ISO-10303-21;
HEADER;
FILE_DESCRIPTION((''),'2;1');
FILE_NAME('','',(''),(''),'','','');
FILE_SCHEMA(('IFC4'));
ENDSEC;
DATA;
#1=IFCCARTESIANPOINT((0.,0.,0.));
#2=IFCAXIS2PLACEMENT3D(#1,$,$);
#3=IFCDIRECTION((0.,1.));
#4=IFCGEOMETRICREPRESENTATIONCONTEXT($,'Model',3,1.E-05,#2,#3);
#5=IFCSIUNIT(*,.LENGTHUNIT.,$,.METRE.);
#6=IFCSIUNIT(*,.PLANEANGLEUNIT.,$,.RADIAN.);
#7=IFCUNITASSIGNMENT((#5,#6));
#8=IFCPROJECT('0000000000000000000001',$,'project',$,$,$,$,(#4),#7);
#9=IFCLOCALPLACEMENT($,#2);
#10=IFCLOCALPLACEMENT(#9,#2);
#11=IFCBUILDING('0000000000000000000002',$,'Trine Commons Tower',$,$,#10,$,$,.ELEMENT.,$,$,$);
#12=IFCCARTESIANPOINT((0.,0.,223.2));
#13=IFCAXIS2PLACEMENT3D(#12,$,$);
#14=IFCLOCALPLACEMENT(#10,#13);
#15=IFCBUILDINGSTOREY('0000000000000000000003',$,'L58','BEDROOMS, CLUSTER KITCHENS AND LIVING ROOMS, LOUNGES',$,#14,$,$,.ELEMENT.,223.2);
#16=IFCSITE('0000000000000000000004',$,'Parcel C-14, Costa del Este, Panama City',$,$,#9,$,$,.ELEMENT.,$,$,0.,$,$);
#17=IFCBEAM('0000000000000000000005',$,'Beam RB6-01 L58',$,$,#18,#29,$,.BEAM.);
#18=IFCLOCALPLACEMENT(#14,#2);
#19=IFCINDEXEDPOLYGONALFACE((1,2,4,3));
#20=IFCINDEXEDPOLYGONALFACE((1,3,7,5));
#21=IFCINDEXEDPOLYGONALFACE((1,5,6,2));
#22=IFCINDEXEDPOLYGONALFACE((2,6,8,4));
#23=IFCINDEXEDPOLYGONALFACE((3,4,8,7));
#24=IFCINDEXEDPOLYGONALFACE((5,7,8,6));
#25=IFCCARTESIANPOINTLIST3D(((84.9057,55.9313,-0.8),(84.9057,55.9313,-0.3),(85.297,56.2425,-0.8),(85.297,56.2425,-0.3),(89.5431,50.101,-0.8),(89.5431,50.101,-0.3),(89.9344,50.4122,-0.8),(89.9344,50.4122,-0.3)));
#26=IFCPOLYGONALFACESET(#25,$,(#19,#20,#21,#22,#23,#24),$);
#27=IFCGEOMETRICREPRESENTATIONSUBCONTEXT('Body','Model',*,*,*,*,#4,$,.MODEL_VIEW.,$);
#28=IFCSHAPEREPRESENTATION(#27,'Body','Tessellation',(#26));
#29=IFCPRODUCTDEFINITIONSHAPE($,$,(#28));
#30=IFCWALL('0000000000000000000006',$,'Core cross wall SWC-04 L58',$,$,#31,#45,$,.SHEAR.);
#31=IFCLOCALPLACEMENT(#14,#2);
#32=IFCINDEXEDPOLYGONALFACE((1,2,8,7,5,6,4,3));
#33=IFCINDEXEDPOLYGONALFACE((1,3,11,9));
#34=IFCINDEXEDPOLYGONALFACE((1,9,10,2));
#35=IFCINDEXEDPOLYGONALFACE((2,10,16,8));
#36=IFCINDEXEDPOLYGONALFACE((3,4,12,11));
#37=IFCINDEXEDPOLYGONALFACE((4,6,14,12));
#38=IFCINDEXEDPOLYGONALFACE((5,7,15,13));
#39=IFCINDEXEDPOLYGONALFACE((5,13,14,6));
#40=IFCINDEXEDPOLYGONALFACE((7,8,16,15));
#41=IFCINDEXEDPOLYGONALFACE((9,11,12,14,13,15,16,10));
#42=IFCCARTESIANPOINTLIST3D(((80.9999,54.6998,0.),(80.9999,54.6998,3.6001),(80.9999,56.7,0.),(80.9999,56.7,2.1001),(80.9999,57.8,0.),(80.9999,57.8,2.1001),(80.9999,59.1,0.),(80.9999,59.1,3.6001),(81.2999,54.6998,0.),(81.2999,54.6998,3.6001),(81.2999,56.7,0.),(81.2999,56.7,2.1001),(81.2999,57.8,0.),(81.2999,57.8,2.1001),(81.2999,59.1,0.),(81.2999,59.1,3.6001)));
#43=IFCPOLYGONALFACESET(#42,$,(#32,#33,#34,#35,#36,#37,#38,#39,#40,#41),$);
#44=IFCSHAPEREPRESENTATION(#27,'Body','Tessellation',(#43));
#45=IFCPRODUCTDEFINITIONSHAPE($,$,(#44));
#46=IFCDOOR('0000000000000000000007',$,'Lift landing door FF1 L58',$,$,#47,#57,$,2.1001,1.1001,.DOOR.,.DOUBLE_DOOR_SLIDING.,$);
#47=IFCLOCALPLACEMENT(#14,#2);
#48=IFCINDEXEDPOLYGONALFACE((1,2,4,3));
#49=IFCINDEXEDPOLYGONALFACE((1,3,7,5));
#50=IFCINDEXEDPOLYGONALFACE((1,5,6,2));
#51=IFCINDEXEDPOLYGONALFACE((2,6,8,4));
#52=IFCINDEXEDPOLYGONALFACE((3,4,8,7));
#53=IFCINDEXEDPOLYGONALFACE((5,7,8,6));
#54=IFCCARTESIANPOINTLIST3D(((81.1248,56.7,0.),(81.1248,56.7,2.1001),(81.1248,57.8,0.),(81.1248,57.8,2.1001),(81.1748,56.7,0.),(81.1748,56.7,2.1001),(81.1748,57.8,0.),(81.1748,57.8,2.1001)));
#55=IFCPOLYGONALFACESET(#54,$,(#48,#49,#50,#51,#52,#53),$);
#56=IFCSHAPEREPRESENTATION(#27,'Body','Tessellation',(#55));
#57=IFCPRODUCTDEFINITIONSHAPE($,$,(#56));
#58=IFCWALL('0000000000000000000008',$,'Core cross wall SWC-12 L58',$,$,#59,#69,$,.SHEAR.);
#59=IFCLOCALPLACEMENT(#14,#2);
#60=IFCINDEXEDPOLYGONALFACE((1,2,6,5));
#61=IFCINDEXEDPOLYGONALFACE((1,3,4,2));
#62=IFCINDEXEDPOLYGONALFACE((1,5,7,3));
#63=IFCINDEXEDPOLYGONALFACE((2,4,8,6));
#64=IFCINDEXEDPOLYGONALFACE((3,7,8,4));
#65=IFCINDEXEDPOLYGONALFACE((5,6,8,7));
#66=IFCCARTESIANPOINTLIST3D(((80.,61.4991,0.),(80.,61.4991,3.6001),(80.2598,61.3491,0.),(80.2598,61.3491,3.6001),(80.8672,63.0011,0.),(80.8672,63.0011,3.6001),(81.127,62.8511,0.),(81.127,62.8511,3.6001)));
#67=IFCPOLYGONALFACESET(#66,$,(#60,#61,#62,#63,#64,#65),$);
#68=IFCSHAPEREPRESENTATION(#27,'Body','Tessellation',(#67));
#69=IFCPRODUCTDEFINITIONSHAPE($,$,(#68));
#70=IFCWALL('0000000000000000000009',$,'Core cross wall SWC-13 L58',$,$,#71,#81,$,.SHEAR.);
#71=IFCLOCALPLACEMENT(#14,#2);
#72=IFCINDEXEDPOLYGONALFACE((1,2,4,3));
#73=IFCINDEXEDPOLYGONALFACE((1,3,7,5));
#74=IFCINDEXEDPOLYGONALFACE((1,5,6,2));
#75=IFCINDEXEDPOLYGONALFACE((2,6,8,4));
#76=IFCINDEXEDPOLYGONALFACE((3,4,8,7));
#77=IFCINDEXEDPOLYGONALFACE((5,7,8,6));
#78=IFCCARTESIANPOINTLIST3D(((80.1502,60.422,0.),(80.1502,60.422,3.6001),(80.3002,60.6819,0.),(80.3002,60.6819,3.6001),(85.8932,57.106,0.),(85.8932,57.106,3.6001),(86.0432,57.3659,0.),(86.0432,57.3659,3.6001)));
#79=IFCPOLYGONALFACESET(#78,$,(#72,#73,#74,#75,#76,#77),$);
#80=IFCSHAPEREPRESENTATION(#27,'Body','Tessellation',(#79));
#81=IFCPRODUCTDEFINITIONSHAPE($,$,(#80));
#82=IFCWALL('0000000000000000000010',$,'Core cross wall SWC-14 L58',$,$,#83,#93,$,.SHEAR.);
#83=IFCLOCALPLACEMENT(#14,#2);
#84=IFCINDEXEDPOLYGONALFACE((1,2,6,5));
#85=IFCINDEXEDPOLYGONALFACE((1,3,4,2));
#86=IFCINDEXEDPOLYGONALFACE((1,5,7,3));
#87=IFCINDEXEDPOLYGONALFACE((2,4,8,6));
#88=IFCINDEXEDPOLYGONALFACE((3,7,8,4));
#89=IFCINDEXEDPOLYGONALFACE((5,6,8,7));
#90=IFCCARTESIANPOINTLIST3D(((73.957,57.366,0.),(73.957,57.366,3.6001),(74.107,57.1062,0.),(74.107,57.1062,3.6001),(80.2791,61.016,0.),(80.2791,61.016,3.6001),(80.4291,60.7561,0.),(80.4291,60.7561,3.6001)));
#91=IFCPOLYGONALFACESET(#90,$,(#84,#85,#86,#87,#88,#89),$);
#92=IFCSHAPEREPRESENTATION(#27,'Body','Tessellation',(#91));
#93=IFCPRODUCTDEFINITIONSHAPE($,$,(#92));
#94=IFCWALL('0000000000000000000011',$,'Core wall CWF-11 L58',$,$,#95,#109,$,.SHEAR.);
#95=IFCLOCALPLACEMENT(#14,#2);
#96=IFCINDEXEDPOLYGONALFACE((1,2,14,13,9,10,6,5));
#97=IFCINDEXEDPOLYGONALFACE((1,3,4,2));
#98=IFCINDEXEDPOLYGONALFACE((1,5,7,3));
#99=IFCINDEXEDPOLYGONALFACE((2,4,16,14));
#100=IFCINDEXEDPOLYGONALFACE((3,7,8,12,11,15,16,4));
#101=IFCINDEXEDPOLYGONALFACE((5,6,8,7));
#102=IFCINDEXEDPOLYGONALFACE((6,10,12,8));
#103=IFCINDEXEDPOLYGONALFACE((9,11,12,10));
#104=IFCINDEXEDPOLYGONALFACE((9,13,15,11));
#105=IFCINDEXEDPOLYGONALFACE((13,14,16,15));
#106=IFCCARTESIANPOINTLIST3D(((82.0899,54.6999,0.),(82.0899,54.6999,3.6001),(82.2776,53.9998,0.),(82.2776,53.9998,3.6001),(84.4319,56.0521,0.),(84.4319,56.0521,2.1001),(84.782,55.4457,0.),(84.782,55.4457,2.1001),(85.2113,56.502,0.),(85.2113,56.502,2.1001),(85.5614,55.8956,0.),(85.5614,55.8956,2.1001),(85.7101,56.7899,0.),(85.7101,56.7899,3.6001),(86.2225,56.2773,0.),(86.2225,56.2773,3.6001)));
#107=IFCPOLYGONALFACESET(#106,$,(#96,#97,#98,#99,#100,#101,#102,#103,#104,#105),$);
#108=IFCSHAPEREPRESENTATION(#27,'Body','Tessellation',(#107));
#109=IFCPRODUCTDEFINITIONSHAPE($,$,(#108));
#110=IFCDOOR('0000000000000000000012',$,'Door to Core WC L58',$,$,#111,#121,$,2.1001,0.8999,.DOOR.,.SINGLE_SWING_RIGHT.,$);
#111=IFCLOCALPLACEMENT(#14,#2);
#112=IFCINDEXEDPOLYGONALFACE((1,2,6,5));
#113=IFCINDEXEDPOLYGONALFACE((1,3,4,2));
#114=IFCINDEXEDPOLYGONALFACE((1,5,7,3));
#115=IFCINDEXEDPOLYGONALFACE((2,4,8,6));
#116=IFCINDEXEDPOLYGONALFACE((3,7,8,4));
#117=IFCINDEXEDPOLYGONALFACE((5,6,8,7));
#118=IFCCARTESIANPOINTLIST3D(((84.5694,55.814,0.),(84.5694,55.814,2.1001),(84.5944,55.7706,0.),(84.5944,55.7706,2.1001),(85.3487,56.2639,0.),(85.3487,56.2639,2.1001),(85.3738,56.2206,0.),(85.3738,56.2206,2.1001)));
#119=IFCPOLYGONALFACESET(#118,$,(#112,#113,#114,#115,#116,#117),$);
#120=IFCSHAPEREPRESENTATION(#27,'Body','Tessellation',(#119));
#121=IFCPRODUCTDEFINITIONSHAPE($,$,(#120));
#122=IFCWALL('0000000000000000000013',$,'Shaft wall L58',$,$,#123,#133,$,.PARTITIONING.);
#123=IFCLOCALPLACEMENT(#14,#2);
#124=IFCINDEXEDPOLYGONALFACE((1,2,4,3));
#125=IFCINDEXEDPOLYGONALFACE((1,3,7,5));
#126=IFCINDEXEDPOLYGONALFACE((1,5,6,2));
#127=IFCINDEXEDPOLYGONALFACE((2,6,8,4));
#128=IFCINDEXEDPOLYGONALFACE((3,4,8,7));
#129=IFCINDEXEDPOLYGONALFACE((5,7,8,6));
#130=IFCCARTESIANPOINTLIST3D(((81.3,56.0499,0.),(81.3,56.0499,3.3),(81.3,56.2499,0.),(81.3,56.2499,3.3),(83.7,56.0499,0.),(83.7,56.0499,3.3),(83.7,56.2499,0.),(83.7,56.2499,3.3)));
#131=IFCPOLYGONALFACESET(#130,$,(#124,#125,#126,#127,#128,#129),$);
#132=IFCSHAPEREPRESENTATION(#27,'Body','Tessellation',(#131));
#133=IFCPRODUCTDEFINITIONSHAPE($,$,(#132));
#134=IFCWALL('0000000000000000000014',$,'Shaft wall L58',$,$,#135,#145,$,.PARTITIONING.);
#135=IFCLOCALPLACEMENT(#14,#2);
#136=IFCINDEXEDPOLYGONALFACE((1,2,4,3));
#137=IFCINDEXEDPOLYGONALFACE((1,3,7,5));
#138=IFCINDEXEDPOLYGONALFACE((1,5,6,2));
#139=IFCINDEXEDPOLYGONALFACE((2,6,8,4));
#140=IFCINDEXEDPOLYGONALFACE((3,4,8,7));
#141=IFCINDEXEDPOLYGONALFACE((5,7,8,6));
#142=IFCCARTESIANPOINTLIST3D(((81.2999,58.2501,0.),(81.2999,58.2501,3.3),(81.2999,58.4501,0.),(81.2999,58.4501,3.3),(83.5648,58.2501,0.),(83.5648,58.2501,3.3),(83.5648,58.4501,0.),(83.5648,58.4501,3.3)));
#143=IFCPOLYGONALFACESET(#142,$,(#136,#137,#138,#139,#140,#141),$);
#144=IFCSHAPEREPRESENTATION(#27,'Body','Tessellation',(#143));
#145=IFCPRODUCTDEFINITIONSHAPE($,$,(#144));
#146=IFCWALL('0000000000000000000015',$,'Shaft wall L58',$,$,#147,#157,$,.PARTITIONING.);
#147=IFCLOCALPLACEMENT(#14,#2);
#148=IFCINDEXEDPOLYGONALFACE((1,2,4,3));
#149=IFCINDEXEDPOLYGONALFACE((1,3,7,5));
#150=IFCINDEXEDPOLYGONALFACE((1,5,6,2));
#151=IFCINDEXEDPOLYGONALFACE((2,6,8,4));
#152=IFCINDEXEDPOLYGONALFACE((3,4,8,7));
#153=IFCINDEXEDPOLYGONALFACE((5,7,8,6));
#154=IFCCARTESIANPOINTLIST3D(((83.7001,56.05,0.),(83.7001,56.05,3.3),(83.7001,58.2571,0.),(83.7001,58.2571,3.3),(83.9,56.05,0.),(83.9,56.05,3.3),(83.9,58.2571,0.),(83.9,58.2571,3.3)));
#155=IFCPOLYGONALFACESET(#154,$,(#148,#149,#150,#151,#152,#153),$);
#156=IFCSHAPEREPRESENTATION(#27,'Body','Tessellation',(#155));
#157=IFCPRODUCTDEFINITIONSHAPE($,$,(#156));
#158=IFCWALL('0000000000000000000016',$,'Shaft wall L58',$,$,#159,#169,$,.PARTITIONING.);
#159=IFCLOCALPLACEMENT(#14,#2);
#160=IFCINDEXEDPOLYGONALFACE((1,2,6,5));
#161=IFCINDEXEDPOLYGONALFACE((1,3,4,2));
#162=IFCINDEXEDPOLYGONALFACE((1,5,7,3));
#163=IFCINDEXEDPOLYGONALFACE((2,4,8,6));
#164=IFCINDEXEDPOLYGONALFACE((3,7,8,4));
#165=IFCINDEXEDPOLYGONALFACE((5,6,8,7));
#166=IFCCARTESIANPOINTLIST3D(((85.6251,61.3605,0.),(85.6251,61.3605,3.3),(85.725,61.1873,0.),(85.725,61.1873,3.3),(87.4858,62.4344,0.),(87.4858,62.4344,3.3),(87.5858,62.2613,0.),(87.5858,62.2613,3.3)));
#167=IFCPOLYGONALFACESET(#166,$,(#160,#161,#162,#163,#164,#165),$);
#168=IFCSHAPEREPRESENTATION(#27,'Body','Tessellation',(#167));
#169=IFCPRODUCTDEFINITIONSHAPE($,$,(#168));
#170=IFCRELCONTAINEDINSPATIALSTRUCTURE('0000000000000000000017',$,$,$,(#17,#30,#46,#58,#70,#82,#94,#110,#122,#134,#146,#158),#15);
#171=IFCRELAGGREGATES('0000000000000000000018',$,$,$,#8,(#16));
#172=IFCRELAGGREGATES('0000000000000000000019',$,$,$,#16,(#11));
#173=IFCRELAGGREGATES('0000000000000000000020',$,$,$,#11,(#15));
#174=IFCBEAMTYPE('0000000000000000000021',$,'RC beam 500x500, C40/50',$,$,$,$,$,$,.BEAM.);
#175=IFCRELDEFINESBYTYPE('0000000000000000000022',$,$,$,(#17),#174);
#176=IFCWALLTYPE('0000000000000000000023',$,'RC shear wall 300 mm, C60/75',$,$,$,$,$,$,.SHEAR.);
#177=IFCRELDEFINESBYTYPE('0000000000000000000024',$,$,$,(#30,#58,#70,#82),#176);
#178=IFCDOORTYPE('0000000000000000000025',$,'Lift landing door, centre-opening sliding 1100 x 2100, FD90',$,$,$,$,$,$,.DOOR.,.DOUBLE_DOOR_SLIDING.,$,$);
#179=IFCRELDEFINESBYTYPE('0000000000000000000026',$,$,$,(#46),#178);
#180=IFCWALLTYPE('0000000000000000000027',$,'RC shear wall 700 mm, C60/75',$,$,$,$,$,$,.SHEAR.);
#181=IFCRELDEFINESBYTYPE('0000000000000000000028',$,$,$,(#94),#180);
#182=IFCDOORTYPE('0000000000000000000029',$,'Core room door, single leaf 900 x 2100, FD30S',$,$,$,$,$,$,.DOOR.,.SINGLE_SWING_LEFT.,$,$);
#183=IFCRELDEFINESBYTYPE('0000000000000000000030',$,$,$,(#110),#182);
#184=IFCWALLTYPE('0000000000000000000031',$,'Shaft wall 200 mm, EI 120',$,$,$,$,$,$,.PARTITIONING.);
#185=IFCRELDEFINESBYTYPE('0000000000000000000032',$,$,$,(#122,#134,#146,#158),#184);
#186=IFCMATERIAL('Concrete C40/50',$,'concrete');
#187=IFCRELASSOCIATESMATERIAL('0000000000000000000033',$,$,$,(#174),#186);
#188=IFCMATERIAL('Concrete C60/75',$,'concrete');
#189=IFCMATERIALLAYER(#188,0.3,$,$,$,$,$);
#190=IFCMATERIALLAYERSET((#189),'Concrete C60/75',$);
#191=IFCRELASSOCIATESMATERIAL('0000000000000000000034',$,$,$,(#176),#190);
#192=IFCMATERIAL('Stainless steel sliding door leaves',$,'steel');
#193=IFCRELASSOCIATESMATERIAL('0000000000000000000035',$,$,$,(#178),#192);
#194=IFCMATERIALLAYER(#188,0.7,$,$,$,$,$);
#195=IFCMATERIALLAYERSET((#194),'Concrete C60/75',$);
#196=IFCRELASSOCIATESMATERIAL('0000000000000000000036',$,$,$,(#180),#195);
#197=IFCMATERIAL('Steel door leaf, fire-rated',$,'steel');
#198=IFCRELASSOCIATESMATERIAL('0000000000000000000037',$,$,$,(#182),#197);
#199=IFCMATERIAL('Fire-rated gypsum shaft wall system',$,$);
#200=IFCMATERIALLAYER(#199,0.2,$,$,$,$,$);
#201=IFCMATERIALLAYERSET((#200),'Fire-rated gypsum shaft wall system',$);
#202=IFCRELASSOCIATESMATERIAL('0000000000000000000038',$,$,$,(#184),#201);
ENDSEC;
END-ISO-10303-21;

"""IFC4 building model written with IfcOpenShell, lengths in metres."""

from ifc_helpers import new_model, si_unit, direction, frame, frame_2d, origin, origin_2d, place, context, subcontext, project, spatial, polyline, rectangle, outline, extrude, material, layer, layer_set, material_profile, profile_set, type_object, element, fill, save


model = new_model("IFC4")

# Units and contexts
model_context = context("Model", 3, precision=1e-05, world=origin(), true_north=direction((0.0, 1.0)))
body_context = subcontext(model_context, "Body", "Model", "MODEL_VIEW")
ifc_project = project(units=[si_unit("LENGTHUNIT", "METRE"), si_unit("PLANEANGLEUNIT", "RADIAN")], contexts=[model_context])

# Site, building, storey
site_placement = place(None, origin())
site = spatial("IfcSite", under=ifc_project, at=site_placement, Name="Parcel C-14, Costa del Este, Panama City", CompositionType="ELEMENT", RefElevation=0.0)
building_placement = place(site_placement, origin())
building = spatial("IfcBuilding", under=site, at=building_placement, Name="Trine Commons Tower", CompositionType="ELEMENT")
storey_placement = place(building_placement, frame((0.0, 0.0, 223.2)))
storey = spatial("IfcBuildingStorey", under=building, at=storey_placement, Name="L58", Description="BEDROOMS, CLUSTER KITCHENS AND LIVING ROOMS, LOUNGES", CompositionType="ELEMENT", Elevation=223.2)

# Beam
ifc_material_1 = material(Name="Concrete C40/50", Category="concrete")
ifc_material_profile = material_profile(ifc_material_1, rectangle(XDim=0.5, YDim=0.5, at=origin_2d()), Name="RC 500x500")
ifc_profile_set = profile_set([ifc_material_profile], Name="Concrete C40/50")
beam_type = type_object("IfcBeamType", Name="RC beam 500x500, C40/50", PredefinedType="BEAM", material=ifc_profile_set)
beam_placement = place(storey_placement, frame((85.1013, 56.0869, -0.55), z_axis=(0.622498, -0.782621, 0.0), x_axis=(0.782621, 0.622498, 0.0)))
element("IfcBeam", 1, at=beam_placement, inside=storey, type_object=beam_type, Name="Beam RB6-01 L58", PredefinedType="BEAM", context=body_context, shape_type="SweptSolid", body=[
    extrude(rectangle(XDim=0.5, YDim=0.5, at=origin_2d()), origin(), (0.0, 0.0, 1.0), 7.4497),
])

# Wall, opening, door
ifc_material_2 = material(Name="Concrete C60/75", Category="concrete")
ifc_layer_1 = layer(ifc_material_2, 0.3)
ifc_layer_set_1 = layer_set([ifc_layer_1], Name="Concrete C60/75")
wall_type_1 = type_object("IfcWallType", Name="RC shear wall 300 mm, C60/75", PredefinedType="SHEAR", material=ifc_layer_set_1)
wall_1_placement = place(storey_placement, frame((81.1499, 59.1001, 0.0), z_axis=(0.0, 0.0, 1.0), x_axis=(0.0, -1.0, 0.0)))
wall_1 = element("IfcWall", 2, at=wall_1_placement, inside=storey, type_object=wall_type_1, Name="Core cross wall SWC-04 L58", PredefinedType="SHEAR", context=body_context, shape_type="SweptSolid", body=[
    extrude(rectangle(XDim=4.4001, YDim=0.3, at=frame_2d((2.2002, 0.0))), origin(), (0.0, 0.0, 1.0), 3.6001),
])
opening_1_placement = place(wall_1_placement, frame((1.3, 0.0, 0.0)))
opening_1 = element("IfcOpeningElement", 3, at=opening_1_placement, cuts=wall_1, PredefinedType="OPENING", context=body_context, shape_type="SweptSolid", body=[
    extrude(rectangle(XDim=1.1001, YDim=2.1001, at=frame_2d((0.55, 1.05))), frame((0.0, 0.1599, 0.0), z_axis=(0.0, -1.0, 0.0), x_axis=(1.0, 0.0, 0.0)), (0.0, 0.0, 1.0), 0.3201),
])
ifc_material_3 = material(Name="Stainless steel sliding door leaves", Category="steel")
door_type_1 = type_object("IfcDoorType", Name="Lift landing door, centre-opening sliding 1100 x 2100, FD90", OperationType="DOUBLE_DOOR_SLIDING", PredefinedType="DOOR", material=ifc_material_3)
door_1_placement = place(opening_1_placement, origin())
door_1 = element("IfcDoor", 4, at=door_1_placement, inside=storey, type_object=door_type_1, Name="Lift landing door FF1 L58", OperationType="DOUBLE_DOOR_SLIDING", OverallHeight=2.1001, OverallWidth=1.1001, PredefinedType="DOOR", context=body_context, shape_type="SweptSolid", body=[
    extrude(rectangle(XDim=1.1001, YDim=2.1001, at=frame_2d((0.55, 1.05))), frame((0.0, 0.0249, 0.0), z_axis=(0.0, -1.0, 0.0), x_axis=(1.0, 0.0, 0.0)), (0.0, 0.0, 1.0), 0.05),
])
fill(opening_1, door_1)

# Walls
wall_2_placement = place(storey_placement, frame((80.1299, 61.4241, 0.0), z_axis=(0.0, 0.0, 1.0), x_axis=(0.500015, 0.866017, 0.0)))
element("IfcWall", 5, at=wall_2_placement, inside=storey, type_object=wall_type_1, Name="Core cross wall SWC-12 L58", PredefinedType="SHEAR", context=body_context, shape_type="SweptSolid", body=[
    extrude(rectangle(XDim=1.7344, YDim=0.3, at=frame_2d((0.8672, 0.0))), origin(), (0.0, 0.0, 1.0), 3.6001),
])
wall_3_placement = place(storey_placement, frame((80.2251, 60.552, 0.0), z_axis=(0.0, 0.0, 1.0), x_axis=(0.86601, -0.500027, 0.0)))
element("IfcWall", 6, at=wall_3_placement, inside=storey, type_object=wall_type_1, Name="Core cross wall SWC-13 L58", PredefinedType="SHEAR", context=body_context, shape_type="SweptSolid", body=[
    extrude(rectangle(XDim=6.6316, YDim=0.3, at=frame_2d((3.3159, 0.0))), origin(), (0.0, 0.0, 1.0), 3.6001),
])
wall_4_placement = place(storey_placement, frame((80.354, 60.886, 0.0), z_axis=(0.0, 0.0, 1.0), x_axis=(-0.866032, -0.499988, 0.0)))
element("IfcWall", 7, at=wall_4_placement, inside=storey, type_object=wall_type_1, Name="Core cross wall SWC-14 L58", PredefinedType="SHEAR", context=body_context, shape_type="SweptSolid", body=[
    extrude(rectangle(XDim=7.3, YDim=0.3, at=frame_2d((3.6499, 0.0))), origin(), (0.0, 0.0, 1.0), 3.6001),
])

# Wall, opening, door
ifc_layer_2 = layer(ifc_material_2, 0.7)
ifc_layer_set_2 = layer_set([ifc_layer_2], Name="Concrete C60/75")
wall_type_2 = type_object("IfcWallType", Name="RC shear wall 700 mm, C60/75", PredefinedType="SHEAR", material=ifc_layer_set_2)
wall_5_placement = place(storey_placement, frame((82.1025, 54.303, 0.0), z_axis=(0.0, 0.0, 1.0), x_axis=(0.866035, 0.499984, 0.0)))
wall_5 = element("IfcWall", 8, at=wall_5_placement, inside=storey, type_object=wall_type_2, Name="Core wall CWF-11 L58", PredefinedType="SHEAR", context=body_context, shape_type="SweptSolid", body=[
    extrude(outline(polyline([(0.0, -0.3501), (4.5552, -0.3501), (4.3677, 0.3501), (0.1875, 0.3501), (0.0, -0.3501)])), origin(), (0.0, 0.0, 1.0), 3.6001),
])
opening_2_placement = place(wall_5_placement, frame((2.8918, 0.0, 0.0)))
opening_2 = element("IfcOpeningElement", 9, at=opening_2_placement, cuts=wall_5, PredefinedType="OPENING", context=body_context, shape_type="SweptSolid", body=[
    extrude(rectangle(XDim=0.8999, YDim=2.1001, at=frame_2d((0.45, 1.05))), frame((0.0, 0.3599, 0.0), z_axis=(0.0, -1.0, 0.0), x_axis=(1.0, 0.0, 0.0)), (0.0, 0.0, 1.0), 0.72),
])
ifc_material_4 = material(Name="Steel door leaf, fire-rated", Category="steel")
door_type_2 = type_object("IfcDoorType", Name="Core room door, single leaf 900 x 2100, FD30S", OperationType="SINGLE_SWING_LEFT", PredefinedType="DOOR", material=ifc_material_4)
door_2_placement = place(opening_2_placement, origin())
door_2 = element("IfcDoor", 10, at=door_2_placement, inside=storey, type_object=door_type_2, Name="Door to Core WC L58", OperationType="SINGLE_SWING_RIGHT", OverallHeight=2.1001, OverallWidth=0.8999, PredefinedType="DOOR", context=body_context, shape_type="SweptSolid", body=[
    extrude(rectangle(XDim=0.8999, YDim=2.1001, at=frame_2d((0.45, 1.05))), frame((0.0, 0.0752, 0.0), z_axis=(0.0, -1.0, 0.0), x_axis=(1.0, 0.0, 0.0)), (0.0, 0.0, 1.0), 0.05),
])
fill(opening_2, door_2)

# Walls
ifc_material_5 = material(Name="Fire-rated gypsum shaft wall system")
ifc_layer_3 = layer(ifc_material_5, 0.2)
ifc_layer_set_3 = layer_set([ifc_layer_3], Name="Fire-rated gypsum shaft wall system")
wall_type_3 = type_object("IfcWallType", Name="Shaft wall 200 mm, EI 120", PredefinedType="PARTITIONING", material=ifc_layer_set_3)
wall_6_placement = place(storey_placement, frame((81.3, 56.1499, 0.0), z_axis=(0.0, 0.0, 1.0), x_axis=(1.0, 0.0, 0.0)))
element("IfcWall", 11, at=wall_6_placement, inside=storey, type_object=wall_type_3, Name="Shaft wall L58", PredefinedType="PARTITIONING", context=body_context, shape_type="SweptSolid", body=[
    extrude(rectangle(XDim=2.3999, YDim=0.2, at=frame_2d((1.2, 0.0))), origin(), (0.0, 0.0, 1.0), 3.3),
])
wall_7_placement = place(storey_placement, frame((81.3, 58.3501, 0.0), z_axis=(0.0, 0.0, 1.0), x_axis=(1.0, 0.0, 0.0)))
element("IfcWall", 12, at=wall_7_placement, inside=storey, type_object=wall_type_3, Name="Shaft wall L58", PredefinedType="PARTITIONING", context=body_context, shape_type="SweptSolid", body=[
    extrude(rectangle(XDim=2.2649, YDim=0.2, at=frame_2d((1.1323, 0.0))), origin(), (0.0, 0.0, 1.0), 3.3),
])
wall_8_placement = place(storey_placement, frame((83.8, 58.2571, 0.0), z_axis=(0.0, 0.0, 1.0), x_axis=(0.0, -1.0, 0.0)))
element("IfcWall", 13, at=wall_8_placement, inside=storey, type_object=wall_type_3, Name="Shaft wall L58", PredefinedType="PARTITIONING", context=body_context, shape_type="SweptSolid", body=[
    extrude(rectangle(XDim=2.207, YDim=0.2, at=frame_2d((1.1035, 0.0))), origin(), (0.0, 0.0, 1.0), 3.3),
])
wall_9_placement = place(storey_placement, frame((85.675, 61.2739, 0.0), z_axis=(0.0, 0.0, 1.0), x_axis=(0.866102, 0.499867, 0.0)))
element("IfcWall", 14, at=wall_9_placement, inside=storey, type_object=wall_type_3, Name="Shaft wall L58", PredefinedType="PARTITIONING", context=body_context, shape_type="SweptSolid", body=[
    extrude(rectangle(XDim=2.1484, YDim=0.2, at=frame_2d((1.0742, 0.0))), origin(), (0.0, 0.0, 1.0), 3.3),
])

save(model, "model.ifc")
